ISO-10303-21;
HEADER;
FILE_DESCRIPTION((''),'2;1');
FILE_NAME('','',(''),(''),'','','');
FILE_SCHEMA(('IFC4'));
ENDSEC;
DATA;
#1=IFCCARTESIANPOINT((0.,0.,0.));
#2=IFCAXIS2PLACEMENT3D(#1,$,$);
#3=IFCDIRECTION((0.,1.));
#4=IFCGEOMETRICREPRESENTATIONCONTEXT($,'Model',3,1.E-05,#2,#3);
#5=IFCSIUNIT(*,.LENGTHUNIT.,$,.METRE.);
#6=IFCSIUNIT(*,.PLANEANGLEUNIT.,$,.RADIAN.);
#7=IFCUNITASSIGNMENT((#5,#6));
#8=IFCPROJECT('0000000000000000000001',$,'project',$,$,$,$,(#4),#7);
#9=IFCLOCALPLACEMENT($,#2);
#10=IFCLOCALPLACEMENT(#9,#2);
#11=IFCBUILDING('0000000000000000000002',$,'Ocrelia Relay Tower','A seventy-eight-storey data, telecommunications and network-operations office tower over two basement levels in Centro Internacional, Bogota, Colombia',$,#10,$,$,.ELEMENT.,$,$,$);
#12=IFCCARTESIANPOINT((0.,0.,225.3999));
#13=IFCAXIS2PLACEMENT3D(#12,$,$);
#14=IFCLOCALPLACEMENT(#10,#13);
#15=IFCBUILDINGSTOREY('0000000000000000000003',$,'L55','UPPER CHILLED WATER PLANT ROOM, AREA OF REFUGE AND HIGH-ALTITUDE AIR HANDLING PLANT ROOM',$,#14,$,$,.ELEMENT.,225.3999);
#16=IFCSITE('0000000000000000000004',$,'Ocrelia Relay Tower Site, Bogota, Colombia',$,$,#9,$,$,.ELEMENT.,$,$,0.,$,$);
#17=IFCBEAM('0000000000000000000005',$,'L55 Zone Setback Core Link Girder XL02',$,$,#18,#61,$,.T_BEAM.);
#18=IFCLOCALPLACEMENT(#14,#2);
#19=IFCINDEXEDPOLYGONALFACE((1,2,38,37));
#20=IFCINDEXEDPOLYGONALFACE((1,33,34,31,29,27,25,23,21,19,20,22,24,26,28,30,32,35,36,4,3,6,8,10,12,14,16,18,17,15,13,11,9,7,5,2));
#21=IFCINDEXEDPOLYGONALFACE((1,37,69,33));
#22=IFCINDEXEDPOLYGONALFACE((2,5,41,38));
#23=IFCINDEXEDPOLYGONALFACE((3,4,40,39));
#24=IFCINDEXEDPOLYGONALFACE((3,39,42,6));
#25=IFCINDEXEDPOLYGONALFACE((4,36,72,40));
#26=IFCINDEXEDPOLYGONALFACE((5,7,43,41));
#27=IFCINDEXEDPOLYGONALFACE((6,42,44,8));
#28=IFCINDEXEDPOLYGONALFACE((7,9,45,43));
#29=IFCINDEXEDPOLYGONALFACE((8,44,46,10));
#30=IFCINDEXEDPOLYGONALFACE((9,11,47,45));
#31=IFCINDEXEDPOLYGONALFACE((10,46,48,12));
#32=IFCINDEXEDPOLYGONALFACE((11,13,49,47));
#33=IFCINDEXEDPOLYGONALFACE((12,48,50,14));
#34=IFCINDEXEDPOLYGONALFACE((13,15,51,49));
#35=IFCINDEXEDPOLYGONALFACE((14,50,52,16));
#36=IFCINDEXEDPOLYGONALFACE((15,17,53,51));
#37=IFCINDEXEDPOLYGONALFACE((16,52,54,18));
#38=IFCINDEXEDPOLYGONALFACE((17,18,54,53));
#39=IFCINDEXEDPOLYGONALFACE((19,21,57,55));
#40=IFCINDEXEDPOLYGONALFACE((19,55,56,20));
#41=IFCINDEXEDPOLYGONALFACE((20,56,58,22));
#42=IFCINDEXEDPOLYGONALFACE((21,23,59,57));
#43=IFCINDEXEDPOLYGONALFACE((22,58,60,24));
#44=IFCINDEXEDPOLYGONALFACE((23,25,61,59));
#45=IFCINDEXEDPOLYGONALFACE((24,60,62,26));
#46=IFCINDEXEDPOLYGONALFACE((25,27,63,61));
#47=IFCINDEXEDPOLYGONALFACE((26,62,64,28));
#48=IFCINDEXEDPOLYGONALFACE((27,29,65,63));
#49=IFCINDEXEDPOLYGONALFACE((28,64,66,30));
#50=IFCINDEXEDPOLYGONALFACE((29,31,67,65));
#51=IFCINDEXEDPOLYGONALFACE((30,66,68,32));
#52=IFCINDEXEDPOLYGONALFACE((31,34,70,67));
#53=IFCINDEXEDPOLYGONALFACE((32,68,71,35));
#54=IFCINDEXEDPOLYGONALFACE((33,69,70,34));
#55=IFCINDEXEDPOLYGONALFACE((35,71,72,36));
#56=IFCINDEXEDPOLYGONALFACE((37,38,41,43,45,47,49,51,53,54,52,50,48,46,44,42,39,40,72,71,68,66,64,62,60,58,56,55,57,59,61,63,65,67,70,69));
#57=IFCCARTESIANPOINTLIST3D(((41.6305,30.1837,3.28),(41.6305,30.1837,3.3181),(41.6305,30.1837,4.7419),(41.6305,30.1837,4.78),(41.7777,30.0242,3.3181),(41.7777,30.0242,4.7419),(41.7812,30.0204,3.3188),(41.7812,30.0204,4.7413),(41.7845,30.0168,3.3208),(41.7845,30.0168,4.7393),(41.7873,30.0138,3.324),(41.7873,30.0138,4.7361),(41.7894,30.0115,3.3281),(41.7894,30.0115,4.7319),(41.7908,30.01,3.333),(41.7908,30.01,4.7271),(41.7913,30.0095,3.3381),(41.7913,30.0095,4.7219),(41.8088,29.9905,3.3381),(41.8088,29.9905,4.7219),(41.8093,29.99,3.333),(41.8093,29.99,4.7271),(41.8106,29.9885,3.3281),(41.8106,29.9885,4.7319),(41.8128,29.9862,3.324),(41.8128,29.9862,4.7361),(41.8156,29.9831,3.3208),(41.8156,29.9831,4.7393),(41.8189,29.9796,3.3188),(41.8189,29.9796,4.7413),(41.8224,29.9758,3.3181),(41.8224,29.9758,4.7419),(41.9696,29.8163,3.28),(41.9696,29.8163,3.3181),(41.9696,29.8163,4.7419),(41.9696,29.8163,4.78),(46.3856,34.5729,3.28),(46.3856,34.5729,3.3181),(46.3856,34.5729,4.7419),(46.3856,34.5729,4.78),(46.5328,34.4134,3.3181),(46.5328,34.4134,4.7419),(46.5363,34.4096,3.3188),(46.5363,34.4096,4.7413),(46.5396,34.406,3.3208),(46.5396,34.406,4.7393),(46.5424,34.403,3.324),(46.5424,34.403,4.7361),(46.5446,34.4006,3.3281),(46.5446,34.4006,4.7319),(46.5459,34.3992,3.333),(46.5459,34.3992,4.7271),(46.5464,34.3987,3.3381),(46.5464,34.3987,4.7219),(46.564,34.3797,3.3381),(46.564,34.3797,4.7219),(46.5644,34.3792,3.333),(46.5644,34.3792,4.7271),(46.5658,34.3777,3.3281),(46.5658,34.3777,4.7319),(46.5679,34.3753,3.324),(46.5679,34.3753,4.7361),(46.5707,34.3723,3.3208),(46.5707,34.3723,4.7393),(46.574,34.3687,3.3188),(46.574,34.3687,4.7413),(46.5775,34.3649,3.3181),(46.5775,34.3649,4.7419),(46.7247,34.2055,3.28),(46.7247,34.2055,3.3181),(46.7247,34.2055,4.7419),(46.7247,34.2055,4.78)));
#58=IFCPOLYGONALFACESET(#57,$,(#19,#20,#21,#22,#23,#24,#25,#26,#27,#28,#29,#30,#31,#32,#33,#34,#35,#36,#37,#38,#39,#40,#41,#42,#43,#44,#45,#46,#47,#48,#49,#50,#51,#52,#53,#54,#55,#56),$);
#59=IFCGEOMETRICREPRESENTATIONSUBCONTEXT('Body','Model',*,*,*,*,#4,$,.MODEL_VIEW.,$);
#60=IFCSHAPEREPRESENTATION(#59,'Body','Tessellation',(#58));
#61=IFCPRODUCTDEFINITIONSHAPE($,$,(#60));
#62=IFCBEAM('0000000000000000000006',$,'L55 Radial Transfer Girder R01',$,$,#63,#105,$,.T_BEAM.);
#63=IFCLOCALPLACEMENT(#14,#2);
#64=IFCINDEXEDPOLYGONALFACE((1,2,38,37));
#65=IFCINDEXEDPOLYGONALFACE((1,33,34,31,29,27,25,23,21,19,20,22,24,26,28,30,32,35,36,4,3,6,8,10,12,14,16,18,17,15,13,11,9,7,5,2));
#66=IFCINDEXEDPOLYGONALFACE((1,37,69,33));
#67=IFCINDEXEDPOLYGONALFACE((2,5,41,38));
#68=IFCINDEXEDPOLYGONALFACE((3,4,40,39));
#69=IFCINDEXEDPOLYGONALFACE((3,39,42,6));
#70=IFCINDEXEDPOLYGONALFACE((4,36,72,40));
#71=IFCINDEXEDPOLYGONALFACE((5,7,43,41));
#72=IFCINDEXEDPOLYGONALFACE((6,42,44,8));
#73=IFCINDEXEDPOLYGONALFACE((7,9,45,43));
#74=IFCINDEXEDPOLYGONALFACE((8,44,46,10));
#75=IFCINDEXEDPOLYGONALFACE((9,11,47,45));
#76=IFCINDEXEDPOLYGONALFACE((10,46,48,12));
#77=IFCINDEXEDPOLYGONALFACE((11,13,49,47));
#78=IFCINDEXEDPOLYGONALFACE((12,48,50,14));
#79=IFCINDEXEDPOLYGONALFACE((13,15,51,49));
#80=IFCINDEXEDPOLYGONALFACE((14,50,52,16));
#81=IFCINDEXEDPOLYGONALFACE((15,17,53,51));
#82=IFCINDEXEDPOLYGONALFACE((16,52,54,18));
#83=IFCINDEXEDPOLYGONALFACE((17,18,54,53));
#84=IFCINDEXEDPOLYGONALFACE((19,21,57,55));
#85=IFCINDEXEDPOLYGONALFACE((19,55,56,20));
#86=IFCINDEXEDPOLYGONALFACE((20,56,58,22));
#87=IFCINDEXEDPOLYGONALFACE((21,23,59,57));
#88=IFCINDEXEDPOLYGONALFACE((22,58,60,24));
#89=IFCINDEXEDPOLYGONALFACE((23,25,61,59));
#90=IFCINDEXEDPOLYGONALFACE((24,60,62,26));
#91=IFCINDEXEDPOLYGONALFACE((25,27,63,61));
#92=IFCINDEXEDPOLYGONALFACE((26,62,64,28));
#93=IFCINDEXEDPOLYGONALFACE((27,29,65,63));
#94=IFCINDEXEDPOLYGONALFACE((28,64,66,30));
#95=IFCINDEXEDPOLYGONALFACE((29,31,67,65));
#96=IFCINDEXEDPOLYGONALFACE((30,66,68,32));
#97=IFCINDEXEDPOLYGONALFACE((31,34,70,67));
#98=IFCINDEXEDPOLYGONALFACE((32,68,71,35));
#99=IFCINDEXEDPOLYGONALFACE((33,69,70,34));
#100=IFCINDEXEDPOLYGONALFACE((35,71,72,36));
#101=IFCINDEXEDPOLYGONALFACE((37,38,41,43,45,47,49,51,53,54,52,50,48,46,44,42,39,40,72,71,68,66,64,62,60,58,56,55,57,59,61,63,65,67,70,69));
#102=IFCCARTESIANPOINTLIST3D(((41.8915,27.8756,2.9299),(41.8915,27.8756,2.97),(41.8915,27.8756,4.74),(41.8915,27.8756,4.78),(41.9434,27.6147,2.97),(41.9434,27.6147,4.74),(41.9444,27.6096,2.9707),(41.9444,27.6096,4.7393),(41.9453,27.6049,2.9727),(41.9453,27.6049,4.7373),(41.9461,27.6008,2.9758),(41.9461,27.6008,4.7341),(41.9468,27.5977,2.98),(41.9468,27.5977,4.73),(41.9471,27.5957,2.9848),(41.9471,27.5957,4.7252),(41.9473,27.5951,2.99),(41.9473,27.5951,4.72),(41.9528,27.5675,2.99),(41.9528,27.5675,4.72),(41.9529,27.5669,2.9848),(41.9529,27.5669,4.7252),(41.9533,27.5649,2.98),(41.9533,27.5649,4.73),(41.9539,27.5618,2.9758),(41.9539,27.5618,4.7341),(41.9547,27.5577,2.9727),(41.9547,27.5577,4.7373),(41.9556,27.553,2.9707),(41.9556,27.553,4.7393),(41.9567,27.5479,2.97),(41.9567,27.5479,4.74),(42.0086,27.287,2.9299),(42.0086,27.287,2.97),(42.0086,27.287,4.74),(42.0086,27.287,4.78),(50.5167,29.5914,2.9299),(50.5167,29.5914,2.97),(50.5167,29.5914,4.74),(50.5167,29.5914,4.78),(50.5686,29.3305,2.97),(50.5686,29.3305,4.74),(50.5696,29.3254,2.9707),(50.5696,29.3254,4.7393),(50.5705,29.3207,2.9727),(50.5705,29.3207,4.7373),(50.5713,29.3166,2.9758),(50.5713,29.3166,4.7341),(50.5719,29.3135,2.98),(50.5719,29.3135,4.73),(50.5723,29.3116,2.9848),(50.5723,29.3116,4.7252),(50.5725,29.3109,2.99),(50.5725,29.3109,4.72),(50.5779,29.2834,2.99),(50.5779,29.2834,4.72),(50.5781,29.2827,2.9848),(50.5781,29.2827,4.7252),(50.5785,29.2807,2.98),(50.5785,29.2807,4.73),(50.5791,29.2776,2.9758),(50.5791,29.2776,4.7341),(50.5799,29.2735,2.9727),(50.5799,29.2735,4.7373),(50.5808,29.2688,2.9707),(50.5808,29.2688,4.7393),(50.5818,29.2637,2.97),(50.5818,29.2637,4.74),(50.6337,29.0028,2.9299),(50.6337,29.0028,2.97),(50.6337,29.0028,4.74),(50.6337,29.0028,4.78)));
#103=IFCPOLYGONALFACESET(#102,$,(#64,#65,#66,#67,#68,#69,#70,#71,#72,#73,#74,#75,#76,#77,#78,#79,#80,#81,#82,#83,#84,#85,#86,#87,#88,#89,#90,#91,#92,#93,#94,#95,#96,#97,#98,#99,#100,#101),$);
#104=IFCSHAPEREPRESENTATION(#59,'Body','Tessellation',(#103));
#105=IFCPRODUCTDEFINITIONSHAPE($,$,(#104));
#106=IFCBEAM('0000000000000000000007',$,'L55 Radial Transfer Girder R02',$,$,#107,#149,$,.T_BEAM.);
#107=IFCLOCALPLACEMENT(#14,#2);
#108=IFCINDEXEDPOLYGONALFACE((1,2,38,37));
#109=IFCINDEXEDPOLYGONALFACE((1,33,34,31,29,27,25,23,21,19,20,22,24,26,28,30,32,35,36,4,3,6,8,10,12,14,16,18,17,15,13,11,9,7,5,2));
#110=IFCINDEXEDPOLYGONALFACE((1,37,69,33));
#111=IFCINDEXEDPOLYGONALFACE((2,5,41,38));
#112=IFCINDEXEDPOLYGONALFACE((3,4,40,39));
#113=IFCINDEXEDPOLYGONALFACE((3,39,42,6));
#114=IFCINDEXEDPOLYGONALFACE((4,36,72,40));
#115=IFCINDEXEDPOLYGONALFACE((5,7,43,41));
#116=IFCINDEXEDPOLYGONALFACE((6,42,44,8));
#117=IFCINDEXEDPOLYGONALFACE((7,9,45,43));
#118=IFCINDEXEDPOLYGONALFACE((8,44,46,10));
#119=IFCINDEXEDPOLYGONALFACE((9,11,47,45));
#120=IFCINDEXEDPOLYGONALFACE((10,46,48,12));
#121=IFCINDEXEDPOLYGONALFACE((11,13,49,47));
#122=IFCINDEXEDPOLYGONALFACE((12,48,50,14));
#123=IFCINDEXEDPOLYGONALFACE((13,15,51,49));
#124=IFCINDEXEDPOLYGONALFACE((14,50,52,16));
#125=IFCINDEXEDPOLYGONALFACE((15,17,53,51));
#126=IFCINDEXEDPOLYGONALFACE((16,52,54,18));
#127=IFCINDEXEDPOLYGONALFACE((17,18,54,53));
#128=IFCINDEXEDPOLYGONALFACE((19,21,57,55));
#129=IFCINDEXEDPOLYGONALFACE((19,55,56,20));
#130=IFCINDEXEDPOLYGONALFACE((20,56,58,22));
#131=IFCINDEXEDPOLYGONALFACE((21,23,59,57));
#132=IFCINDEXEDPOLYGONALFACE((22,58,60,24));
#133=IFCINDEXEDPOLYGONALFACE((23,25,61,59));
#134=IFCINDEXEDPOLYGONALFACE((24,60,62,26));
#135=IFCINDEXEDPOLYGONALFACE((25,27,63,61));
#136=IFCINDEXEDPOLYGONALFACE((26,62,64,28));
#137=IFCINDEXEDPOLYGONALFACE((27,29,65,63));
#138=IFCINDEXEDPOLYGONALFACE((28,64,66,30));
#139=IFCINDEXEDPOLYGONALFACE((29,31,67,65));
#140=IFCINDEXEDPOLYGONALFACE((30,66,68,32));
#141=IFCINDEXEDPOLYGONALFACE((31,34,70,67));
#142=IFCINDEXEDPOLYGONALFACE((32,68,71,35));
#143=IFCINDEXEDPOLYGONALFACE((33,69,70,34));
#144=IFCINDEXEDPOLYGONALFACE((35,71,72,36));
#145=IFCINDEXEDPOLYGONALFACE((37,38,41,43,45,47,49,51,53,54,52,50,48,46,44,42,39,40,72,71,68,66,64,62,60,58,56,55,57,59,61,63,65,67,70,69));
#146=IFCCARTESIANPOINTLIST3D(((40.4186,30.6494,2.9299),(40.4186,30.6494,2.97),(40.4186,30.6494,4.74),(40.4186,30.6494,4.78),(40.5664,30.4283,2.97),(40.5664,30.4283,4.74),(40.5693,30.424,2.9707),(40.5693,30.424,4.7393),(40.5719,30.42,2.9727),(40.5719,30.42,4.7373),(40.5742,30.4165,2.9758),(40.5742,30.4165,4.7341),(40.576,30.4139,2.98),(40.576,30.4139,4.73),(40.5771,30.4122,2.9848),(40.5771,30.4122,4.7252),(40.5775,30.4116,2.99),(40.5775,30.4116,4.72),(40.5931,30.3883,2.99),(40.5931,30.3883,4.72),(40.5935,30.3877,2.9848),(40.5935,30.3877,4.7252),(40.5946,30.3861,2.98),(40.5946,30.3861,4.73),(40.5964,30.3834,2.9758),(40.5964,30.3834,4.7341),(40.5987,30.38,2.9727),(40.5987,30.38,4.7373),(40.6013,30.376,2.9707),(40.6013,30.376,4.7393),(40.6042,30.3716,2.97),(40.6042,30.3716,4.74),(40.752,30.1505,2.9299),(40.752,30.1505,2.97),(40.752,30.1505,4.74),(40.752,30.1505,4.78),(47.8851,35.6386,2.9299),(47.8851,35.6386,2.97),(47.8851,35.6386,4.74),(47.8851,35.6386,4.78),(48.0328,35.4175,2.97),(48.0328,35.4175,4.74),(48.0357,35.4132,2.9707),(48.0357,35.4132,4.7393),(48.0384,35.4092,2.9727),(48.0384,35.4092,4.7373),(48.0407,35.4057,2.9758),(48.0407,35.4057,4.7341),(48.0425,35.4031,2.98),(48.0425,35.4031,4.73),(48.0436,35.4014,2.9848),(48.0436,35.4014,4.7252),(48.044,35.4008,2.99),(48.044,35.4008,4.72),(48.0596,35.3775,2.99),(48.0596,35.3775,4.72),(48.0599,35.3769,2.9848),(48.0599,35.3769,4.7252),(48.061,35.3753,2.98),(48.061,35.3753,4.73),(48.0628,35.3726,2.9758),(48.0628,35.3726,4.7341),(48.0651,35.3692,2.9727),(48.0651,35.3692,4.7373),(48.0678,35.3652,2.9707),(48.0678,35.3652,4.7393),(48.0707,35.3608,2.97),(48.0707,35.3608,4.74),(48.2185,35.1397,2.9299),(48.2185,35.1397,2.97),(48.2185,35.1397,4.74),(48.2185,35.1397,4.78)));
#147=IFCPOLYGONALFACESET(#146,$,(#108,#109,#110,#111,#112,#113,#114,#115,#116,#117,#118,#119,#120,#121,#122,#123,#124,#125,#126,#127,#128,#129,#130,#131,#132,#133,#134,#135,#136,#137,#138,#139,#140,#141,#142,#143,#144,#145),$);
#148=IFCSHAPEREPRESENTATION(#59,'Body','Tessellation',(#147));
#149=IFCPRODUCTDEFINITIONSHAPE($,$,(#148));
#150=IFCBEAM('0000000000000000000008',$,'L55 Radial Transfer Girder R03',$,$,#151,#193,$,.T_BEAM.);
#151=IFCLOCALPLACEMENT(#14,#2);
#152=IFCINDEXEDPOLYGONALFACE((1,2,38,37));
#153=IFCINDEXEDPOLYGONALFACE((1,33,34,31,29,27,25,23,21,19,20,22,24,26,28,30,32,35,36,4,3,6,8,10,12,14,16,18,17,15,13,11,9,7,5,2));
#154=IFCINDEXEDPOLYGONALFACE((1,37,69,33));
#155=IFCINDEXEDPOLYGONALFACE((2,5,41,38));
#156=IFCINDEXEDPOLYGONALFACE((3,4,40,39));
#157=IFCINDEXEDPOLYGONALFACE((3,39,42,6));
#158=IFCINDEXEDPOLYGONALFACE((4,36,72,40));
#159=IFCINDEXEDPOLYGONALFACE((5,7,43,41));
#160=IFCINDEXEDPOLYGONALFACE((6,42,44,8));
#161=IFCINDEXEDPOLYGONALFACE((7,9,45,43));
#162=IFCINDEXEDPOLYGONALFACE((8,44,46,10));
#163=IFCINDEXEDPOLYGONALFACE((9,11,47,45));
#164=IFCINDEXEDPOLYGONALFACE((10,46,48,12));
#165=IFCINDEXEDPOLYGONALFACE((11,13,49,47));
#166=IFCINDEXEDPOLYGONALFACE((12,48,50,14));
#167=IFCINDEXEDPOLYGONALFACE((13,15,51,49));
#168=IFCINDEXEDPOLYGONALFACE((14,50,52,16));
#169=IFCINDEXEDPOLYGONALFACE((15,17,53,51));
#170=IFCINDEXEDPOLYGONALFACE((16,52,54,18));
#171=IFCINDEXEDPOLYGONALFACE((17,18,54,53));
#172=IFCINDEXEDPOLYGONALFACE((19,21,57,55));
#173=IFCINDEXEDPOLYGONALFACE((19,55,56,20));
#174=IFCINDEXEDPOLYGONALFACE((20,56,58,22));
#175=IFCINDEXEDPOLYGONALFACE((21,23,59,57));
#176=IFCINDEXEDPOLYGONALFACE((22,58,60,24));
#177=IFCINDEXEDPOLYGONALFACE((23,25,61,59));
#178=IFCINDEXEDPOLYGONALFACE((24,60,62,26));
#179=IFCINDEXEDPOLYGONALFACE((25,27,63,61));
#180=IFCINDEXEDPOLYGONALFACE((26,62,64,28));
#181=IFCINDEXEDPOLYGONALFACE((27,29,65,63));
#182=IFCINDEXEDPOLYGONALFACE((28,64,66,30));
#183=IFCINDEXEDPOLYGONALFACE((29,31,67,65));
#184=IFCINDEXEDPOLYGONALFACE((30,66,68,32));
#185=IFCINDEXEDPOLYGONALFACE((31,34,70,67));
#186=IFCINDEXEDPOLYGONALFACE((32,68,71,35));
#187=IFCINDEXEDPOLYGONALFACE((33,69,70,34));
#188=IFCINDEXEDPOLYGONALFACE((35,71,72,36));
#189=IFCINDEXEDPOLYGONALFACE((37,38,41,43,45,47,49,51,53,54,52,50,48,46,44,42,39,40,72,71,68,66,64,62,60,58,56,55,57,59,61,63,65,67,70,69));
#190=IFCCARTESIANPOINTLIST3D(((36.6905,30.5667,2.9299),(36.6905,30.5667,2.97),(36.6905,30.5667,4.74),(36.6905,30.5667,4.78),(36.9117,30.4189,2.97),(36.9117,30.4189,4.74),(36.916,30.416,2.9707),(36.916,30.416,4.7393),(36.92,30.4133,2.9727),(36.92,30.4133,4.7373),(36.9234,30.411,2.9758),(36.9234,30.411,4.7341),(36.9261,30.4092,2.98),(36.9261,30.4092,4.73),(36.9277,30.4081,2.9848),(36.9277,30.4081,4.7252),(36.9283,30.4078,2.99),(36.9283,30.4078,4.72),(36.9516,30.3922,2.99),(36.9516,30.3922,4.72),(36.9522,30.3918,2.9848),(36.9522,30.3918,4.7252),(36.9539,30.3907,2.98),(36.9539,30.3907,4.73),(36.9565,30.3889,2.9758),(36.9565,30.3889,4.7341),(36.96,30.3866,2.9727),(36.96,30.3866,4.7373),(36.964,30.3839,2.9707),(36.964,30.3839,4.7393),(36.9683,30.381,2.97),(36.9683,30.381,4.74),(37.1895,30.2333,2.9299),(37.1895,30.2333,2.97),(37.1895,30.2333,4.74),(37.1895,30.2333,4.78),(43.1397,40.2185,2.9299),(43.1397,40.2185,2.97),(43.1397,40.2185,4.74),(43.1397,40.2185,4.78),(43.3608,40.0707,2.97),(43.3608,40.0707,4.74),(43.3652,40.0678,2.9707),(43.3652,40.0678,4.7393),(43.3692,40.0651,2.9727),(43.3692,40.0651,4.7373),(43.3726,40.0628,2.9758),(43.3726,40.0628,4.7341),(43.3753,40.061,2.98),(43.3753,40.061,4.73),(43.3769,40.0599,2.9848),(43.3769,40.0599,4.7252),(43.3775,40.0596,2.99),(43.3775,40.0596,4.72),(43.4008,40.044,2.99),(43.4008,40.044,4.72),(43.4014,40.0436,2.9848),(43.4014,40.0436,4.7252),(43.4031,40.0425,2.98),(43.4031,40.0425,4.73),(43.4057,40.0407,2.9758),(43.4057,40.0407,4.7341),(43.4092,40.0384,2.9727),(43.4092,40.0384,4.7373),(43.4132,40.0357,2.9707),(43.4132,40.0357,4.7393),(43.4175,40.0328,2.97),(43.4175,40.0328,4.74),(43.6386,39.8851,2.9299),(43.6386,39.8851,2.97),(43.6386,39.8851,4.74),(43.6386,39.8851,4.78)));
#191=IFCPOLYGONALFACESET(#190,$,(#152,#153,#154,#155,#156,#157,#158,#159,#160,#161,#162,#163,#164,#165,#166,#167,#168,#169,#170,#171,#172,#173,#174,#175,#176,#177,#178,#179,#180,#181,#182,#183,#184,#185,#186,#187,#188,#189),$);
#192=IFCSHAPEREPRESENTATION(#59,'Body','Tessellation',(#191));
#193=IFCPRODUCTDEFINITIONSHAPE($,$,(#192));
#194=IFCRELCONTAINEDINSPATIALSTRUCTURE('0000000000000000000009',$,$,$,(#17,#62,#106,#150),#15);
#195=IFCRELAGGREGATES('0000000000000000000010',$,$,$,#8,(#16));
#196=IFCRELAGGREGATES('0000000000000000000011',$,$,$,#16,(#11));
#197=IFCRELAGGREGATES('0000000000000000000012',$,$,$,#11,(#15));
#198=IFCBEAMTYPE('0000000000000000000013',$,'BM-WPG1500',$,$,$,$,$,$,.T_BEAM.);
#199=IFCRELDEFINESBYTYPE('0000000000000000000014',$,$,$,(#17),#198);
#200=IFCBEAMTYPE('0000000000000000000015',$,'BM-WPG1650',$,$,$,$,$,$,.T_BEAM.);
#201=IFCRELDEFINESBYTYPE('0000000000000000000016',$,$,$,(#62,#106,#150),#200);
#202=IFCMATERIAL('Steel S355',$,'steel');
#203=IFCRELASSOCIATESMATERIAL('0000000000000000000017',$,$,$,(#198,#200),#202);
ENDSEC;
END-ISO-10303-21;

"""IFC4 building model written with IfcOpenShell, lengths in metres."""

from ifc_helpers import new_model, si_unit, direction, frame, origin, origin_2d, place, context, subcontext, project, spatial, i_section, extrude, material, material_profile, profile_set, type_object, element, save


model = new_model("IFC4")

# Units and contexts
model_context = context("Model", 3, precision=1e-05, world=origin(), true_north=direction((0.0, 1.0)))
body_context = subcontext(model_context, "Body", "Model", "MODEL_VIEW")
ifc_project = project(units=[si_unit("LENGTHUNIT", "METRE"), si_unit("PLANEANGLEUNIT", "RADIAN")], contexts=[model_context])

# Site, building, storey
site_placement = place(None, origin())
site = spatial("IfcSite", under=ifc_project, at=site_placement, Name="Ocrelia Relay Tower Site, Bogota, Colombia", CompositionType="ELEMENT", RefElevation=0.0)
building_placement = place(site_placement, origin())
building = spatial("IfcBuilding", under=site, at=building_placement, Name="Ocrelia Relay Tower", Description="A seventy-eight-storey data, telecommunications and network-operations office tower over two basement levels in Centro Internacional, Bogota, Colombia", CompositionType="ELEMENT")
storey_placement = place(building_placement, frame((0.0, 0.0, 225.3999)))
storey = spatial("IfcBuildingStorey", under=building, at=storey_placement, Name="L55", Description="UPPER CHILLED WATER PLANT ROOM, AREA OF REFUGE AND HIGH-ALTITUDE AIR HANDLING PLANT ROOM", CompositionType="ELEMENT", Elevation=225.3999)

# Beams
ifc_material_1 = material(Name="Steel S355", Category="steel")
ifc_material_profile_1 = material_profile(ifc_material_1, i_section(OverallWidth=0.5, OverallDepth=1.5, WebThickness=0.0259, FlangeThickness=0.0381, FilletRadius=0.02, at=origin_2d()), Name="WPG 1500x500")
ifc_profile_set_1 = profile_set([ifc_material_profile_1], Name="Steel S355")
beam_type_1 = type_object("IfcBeamType", Name="BM-WPG1500", PredefinedType="T_BEAM", material=ifc_profile_set_1)
beam_1_placement = place(storey_placement, frame((46.5552, 34.3892, 4.03), z_axis=(-0.734818, -0.678264, 0.0), x_axis=(0.678264, -0.734818, 0.0)))
element("IfcBeam", 1, at=beam_1_placement, inside=storey, type_object=beam_type_1, Name="L55 Zone Setback Core Link Girder XL02", PredefinedType="T_BEAM", context=body_context, shape_type="SweptSolid", body=[
    extrude(i_section(OverallWidth=0.5, OverallDepth=1.5, WebThickness=0.0259, FlangeThickness=0.0381, FilletRadius=0.02, at=origin_2d()), origin(), (0.0, 0.0, 1.0), 6.4712),
])
ifc_material_profile_2 = material_profile(ifc_material_1, i_section(OverallWidth=0.6001, OverallDepth=1.8501, WebThickness=0.0281, FlangeThickness=0.04, FilletRadius=0.02, at=origin_2d()), Name="WPG 1850x600")
ifc_profile_set_2 = profile_set([ifc_material_profile_2], Name="Steel S355")
beam_type_2 = type_object("IfcBeamType", Name="BM-WPG1650", PredefinedType="T_BEAM", material=ifc_profile_set_2)
beam_2_placement = place(storey_placement, frame((50.5752, 29.2971, 3.855), z_axis=(-0.980782, -0.195107, 0.0), x_axis=(0.195107, -0.980782, 0.0)))
element("IfcBeam", 2, at=beam_2_placement, inside=storey, type_object=beam_type_2, Name="L55 Radial Transfer Girder R01", PredefinedType="T_BEAM", context=body_context, shape_type="SweptSolid", body=[
    extrude(i_section(OverallWidth=0.6001, OverallDepth=1.8501, WebThickness=0.0281, FlangeThickness=0.04, FilletRadius=0.02, at=origin_2d()), origin(), (0.0, 0.0, 1.0), 8.7942),
])
beam_3_placement = place(storey_placement, frame((48.0518, 35.3892, 3.855), z_axis=(-0.831456, -0.555591, 0.0), x_axis=(0.555591, -0.831456, 0.0)))
element("IfcBeam", 3, at=beam_3_placement, inside=storey, type_object=beam_type_2, Name="L55 Radial Transfer Girder R02", PredefinedType="T_BEAM", context=body_context, shape_type="SweptSolid", body=[
    extrude(i_section(OverallWidth=0.6001, OverallDepth=1.8501, WebThickness=0.0281, FlangeThickness=0.04, FilletRadius=0.02, at=origin_2d()), origin(), (0.0, 0.0, 1.0), 8.98),
])
beam_4_placement = place(storey_placement, frame((43.3892, 40.0518, 3.855), z_axis=(-0.555574, -0.831467, 0.0), x_axis=(0.831467, -0.555574, 0.0)))
element("IfcBeam", 4, at=beam_4_placement, inside=storey, type_object=beam_type_2, Name="L55 Radial Transfer Girder R03", PredefinedType="T_BEAM", context=body_context, shape_type="SweptSolid", body=[
    extrude(i_section(OverallWidth=0.6001, OverallDepth=1.8501, WebThickness=0.0281, FlangeThickness=0.04, FilletRadius=0.02, at=origin_2d()), origin(), (0.0, 0.0, 1.0), 11.6082),
])

save(model, "model.ifc")
